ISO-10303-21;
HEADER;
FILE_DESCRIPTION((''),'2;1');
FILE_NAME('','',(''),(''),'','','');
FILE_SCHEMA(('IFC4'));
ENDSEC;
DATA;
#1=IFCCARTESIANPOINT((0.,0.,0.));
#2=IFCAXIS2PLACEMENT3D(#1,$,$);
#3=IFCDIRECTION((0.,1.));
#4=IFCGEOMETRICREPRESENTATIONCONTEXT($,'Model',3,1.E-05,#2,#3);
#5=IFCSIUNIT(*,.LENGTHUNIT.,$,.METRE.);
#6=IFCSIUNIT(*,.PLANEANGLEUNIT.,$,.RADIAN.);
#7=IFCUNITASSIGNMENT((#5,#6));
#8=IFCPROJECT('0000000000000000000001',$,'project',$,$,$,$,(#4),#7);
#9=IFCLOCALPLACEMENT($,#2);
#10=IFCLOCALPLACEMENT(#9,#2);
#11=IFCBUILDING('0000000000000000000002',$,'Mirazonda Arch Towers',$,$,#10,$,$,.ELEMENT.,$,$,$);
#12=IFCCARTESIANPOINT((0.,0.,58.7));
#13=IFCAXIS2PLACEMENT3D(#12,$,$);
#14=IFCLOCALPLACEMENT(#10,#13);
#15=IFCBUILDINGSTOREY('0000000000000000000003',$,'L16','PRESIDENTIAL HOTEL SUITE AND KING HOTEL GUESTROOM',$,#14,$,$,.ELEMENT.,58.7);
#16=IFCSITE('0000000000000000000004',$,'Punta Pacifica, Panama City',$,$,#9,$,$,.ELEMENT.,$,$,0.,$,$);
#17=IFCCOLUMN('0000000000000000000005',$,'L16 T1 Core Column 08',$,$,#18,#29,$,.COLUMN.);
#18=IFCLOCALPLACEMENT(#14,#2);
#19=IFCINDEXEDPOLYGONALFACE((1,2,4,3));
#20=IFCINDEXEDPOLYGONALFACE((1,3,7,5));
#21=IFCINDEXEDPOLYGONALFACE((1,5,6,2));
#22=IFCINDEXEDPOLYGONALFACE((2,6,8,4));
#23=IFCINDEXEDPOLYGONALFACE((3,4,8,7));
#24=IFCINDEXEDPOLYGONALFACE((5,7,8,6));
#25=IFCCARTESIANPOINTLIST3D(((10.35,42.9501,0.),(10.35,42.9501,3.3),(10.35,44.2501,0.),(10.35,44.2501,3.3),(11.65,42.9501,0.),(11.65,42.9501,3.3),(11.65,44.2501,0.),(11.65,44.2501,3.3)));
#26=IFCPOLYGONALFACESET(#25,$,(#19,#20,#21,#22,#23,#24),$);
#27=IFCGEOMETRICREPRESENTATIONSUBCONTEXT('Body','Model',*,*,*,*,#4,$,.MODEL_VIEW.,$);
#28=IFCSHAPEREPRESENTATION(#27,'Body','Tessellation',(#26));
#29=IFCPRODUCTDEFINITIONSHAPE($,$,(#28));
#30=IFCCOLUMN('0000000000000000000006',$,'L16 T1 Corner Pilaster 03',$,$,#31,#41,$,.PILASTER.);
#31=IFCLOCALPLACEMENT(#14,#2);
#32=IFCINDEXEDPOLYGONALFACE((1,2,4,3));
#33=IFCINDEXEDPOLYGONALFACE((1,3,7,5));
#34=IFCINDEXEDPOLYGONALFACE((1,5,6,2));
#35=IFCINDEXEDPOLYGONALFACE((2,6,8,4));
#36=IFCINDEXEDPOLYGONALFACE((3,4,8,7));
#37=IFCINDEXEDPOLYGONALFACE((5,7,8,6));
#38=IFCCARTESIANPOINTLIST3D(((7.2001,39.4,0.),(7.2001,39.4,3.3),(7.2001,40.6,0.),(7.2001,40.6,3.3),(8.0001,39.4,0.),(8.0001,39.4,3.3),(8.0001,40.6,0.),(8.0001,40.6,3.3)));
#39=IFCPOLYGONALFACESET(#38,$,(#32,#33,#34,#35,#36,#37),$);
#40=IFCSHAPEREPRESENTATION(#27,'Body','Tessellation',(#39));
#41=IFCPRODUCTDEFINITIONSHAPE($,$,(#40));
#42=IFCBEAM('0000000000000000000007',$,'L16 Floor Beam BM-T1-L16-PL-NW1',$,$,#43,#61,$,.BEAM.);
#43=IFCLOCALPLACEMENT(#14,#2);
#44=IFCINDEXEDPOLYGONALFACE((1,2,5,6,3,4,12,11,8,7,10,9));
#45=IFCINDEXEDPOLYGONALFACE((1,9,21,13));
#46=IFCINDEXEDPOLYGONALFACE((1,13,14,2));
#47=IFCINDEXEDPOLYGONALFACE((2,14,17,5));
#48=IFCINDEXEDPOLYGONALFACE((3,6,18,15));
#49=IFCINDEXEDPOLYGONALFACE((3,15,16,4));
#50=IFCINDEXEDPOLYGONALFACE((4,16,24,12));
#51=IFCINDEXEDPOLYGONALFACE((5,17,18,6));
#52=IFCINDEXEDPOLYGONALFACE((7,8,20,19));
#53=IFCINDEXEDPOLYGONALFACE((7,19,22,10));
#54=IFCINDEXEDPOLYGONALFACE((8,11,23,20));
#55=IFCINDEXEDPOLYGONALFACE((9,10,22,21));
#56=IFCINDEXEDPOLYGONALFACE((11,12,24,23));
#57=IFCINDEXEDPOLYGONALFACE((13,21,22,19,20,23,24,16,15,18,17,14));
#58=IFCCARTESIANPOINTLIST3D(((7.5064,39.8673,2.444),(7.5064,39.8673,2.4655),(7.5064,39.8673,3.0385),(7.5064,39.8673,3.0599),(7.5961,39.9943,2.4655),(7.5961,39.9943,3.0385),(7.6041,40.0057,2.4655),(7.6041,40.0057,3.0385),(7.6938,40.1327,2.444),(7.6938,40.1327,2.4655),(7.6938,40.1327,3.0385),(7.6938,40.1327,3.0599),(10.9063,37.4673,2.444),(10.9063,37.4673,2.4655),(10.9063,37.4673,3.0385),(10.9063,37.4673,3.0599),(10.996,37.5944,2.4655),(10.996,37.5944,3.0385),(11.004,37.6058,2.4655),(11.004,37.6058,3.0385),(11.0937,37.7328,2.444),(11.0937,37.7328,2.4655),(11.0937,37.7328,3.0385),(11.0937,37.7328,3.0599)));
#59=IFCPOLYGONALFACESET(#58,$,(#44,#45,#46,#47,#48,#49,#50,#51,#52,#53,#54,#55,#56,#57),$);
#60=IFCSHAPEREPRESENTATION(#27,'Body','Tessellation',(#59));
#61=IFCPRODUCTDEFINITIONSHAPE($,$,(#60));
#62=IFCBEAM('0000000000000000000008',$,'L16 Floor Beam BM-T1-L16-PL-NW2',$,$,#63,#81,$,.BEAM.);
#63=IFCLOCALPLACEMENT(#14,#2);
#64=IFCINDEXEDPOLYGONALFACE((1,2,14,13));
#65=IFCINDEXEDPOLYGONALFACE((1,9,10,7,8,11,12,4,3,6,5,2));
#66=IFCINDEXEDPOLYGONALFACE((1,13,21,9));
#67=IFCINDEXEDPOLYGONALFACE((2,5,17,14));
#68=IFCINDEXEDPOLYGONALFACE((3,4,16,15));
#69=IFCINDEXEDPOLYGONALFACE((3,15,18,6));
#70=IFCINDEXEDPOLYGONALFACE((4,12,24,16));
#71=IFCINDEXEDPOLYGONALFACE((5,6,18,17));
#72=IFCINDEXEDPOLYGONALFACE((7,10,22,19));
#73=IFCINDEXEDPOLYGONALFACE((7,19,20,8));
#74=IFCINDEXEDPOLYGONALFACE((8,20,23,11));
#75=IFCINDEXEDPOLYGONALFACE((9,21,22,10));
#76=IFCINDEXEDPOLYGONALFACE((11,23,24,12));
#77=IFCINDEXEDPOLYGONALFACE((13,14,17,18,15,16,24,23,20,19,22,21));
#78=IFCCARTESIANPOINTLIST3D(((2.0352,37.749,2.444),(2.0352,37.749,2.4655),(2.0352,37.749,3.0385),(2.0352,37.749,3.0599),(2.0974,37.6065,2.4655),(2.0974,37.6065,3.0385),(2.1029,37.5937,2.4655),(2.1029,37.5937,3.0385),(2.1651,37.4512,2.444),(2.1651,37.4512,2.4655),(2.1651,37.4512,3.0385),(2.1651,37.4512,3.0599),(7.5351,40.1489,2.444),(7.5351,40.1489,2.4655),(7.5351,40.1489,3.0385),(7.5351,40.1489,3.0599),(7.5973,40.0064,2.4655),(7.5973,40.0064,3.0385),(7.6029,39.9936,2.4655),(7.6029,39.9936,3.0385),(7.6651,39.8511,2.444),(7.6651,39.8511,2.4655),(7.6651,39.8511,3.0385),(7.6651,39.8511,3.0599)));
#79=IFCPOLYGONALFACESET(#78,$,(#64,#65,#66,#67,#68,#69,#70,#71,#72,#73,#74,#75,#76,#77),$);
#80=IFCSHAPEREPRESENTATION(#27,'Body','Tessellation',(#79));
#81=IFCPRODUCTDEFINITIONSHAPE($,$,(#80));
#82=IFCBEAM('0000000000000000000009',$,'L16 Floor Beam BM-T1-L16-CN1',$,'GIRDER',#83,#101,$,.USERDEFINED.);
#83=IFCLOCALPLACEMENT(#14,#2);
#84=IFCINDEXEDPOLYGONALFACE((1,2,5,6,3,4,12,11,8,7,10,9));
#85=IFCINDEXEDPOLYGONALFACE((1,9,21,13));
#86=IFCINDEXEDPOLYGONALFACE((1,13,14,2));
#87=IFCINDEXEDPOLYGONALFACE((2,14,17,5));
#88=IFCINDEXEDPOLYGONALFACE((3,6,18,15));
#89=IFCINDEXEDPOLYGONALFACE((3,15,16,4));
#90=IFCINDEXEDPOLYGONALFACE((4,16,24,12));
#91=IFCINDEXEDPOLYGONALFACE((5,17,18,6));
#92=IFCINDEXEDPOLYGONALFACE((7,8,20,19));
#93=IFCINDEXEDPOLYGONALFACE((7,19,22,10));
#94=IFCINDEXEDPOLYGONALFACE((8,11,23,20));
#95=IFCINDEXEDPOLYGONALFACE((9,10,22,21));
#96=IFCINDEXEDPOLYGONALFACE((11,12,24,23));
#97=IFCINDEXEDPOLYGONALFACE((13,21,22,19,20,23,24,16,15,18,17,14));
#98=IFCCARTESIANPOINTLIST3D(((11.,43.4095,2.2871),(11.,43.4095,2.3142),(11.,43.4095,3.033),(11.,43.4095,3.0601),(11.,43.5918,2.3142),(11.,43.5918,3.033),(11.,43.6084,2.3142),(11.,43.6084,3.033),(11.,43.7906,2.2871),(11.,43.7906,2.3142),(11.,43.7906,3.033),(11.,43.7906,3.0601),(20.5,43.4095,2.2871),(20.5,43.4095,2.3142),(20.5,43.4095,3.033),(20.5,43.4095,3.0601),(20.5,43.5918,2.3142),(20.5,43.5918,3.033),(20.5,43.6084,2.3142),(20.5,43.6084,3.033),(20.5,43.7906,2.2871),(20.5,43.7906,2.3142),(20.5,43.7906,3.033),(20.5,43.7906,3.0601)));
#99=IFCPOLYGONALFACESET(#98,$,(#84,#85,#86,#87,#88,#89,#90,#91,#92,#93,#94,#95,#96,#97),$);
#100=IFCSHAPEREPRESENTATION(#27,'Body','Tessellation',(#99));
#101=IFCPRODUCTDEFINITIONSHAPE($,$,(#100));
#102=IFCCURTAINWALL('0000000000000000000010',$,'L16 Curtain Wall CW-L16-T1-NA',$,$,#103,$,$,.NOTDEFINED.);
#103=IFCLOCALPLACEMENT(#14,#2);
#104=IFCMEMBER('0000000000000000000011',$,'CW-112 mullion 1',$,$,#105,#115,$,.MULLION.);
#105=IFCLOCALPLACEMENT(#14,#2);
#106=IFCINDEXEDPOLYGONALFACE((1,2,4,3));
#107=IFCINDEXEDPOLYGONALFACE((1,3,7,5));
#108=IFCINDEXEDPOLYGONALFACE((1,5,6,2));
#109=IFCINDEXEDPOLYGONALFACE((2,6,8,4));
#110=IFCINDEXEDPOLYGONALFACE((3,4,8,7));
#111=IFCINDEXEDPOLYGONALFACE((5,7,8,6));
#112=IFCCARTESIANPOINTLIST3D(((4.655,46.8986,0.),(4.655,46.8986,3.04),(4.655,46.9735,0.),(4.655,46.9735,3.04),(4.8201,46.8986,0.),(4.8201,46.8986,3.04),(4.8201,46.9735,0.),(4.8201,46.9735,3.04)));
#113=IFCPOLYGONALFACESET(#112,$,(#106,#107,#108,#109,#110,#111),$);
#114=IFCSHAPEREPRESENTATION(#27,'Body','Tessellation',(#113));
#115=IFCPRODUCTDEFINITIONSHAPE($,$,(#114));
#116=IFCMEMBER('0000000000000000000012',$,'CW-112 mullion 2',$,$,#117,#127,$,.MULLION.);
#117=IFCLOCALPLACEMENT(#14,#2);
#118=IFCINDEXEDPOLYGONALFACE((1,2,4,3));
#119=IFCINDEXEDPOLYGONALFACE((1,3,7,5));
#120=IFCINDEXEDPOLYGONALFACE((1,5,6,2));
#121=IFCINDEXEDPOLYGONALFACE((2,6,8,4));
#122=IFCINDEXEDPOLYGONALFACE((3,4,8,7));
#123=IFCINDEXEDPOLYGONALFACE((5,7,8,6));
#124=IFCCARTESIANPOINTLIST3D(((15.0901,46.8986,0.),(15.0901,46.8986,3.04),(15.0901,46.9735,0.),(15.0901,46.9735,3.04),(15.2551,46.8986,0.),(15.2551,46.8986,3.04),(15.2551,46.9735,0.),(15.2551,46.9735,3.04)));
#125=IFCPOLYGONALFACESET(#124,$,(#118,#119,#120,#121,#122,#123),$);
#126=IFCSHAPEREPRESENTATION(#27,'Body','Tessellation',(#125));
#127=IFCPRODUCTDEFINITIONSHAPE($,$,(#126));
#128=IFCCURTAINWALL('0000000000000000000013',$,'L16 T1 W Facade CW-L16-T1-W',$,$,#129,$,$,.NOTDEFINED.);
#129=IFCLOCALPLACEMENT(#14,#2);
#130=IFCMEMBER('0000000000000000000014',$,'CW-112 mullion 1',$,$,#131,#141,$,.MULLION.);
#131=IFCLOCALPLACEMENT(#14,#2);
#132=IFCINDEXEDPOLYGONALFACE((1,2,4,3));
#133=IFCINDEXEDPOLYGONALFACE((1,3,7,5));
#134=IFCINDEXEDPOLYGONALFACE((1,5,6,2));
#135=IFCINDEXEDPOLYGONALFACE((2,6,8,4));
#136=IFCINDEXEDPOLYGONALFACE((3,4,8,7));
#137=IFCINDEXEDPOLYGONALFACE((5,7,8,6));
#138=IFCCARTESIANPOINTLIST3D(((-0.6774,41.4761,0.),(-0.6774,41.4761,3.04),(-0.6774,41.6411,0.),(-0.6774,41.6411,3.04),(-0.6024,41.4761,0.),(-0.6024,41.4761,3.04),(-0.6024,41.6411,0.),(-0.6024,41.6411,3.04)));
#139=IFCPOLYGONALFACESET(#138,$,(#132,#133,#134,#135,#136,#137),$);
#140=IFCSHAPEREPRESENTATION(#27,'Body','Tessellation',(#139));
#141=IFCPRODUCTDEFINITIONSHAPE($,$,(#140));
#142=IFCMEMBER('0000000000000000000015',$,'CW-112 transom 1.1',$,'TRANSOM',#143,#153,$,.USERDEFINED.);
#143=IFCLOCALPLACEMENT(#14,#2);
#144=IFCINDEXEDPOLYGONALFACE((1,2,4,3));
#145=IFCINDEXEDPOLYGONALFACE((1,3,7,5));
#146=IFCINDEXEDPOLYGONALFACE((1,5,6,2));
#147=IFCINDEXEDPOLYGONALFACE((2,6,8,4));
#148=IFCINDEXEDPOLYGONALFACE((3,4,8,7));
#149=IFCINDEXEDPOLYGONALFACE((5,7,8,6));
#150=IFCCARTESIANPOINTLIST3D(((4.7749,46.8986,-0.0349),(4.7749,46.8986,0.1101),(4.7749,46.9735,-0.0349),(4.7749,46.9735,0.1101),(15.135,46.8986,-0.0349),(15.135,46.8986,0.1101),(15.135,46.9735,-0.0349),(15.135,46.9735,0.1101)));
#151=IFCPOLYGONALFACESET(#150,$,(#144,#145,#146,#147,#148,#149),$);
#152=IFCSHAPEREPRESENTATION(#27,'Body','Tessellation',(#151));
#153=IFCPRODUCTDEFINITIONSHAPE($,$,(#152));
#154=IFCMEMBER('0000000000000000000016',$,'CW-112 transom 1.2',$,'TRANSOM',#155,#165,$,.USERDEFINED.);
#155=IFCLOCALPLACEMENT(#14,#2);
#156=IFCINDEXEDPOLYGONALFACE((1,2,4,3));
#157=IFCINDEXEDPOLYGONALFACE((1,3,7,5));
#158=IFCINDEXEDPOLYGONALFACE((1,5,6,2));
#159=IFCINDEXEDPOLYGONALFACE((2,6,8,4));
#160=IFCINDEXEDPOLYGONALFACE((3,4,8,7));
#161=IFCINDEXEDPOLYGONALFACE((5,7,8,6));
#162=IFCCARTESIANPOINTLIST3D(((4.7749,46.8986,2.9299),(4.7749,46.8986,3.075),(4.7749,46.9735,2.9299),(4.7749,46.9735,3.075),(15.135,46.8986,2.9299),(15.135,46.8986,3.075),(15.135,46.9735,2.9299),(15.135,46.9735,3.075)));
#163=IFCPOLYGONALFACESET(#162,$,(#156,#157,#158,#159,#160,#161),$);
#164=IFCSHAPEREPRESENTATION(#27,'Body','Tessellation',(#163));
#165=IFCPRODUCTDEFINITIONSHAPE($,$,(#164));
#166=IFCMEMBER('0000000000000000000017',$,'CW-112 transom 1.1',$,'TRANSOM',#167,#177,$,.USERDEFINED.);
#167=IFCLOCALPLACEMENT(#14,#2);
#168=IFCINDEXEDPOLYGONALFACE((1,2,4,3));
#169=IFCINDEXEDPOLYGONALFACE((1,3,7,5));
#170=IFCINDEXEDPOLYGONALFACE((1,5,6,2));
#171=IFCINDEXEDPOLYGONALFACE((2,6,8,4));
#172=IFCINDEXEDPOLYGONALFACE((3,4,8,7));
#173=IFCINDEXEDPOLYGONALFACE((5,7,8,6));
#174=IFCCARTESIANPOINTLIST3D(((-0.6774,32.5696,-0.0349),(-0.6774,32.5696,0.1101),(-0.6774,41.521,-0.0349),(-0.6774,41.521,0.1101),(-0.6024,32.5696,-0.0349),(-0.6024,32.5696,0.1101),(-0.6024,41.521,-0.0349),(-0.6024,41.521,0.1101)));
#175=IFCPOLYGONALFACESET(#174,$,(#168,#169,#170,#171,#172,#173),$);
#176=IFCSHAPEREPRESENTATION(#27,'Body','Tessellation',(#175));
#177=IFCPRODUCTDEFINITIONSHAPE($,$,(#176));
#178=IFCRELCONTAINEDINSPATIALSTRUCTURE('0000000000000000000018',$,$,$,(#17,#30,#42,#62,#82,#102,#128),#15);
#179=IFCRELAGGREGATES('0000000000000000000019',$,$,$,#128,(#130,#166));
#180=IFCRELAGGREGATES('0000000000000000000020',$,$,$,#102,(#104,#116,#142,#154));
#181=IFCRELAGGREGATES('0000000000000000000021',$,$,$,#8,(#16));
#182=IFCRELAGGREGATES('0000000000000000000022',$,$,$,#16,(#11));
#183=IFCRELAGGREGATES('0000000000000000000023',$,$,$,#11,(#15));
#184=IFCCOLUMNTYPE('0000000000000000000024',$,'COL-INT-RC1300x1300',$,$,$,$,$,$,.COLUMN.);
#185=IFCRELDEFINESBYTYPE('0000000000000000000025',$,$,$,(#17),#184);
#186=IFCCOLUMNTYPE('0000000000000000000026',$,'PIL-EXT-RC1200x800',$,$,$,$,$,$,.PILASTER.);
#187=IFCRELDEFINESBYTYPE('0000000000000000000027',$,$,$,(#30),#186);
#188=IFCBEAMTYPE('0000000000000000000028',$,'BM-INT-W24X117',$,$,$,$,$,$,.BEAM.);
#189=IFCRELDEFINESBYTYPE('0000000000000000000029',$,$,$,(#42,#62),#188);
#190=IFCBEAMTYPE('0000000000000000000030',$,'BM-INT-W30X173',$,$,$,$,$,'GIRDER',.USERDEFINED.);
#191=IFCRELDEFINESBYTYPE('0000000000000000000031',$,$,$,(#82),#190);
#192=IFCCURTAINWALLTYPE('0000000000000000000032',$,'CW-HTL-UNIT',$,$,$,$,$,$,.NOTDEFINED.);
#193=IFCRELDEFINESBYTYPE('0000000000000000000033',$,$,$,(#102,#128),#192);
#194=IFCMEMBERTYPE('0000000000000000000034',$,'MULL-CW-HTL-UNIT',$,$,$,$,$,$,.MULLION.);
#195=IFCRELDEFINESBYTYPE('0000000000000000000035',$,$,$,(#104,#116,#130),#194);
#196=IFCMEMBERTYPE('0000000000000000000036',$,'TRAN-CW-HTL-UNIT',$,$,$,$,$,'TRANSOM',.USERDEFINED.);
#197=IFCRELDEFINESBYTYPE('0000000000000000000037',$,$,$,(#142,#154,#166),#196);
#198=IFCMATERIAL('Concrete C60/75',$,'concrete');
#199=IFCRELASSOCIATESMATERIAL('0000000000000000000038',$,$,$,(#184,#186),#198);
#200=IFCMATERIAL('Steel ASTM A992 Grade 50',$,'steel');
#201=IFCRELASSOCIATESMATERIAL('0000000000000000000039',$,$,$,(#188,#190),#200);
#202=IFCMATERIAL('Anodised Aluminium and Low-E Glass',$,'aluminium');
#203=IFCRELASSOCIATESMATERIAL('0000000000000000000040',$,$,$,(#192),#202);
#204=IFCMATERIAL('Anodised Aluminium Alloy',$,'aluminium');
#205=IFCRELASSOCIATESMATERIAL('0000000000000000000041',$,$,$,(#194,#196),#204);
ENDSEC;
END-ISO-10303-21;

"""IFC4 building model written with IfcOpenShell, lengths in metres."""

from ifc_helpers import new_model, si_unit, direction, frame, origin, origin_2d, place, context, subcontext, project, spatial, rectangle, i_section, extrude, material, material_profile, profile_set, type_object, element, aggregate, save


model = new_model("IFC4")

# Units and contexts
model_context = context("Model", 3, precision=1e-05, world=origin(), true_north=direction((0.0, 1.0)))
body_context = subcontext(model_context, "Body", "Model", "MODEL_VIEW")
ifc_project = project(units=[si_unit("LENGTHUNIT", "METRE"), si_unit("PLANEANGLEUNIT", "RADIAN")], contexts=[model_context])

# Site, building, storey
site_placement = place(None, origin())
site = spatial("IfcSite", under=ifc_project, at=site_placement, Name="Punta Pacifica, Panama City", CompositionType="ELEMENT", RefElevation=0.0)
building_placement = place(site_placement, origin())
building = spatial("IfcBuilding", under=site, at=building_placement, Name="Mirazonda Arch Towers", CompositionType="ELEMENT")
storey_placement = place(building_placement, frame((0.0, 0.0, 58.7)))
storey = spatial("IfcBuildingStorey", under=building, at=storey_placement, Name="L16", Description="PRESIDENTIAL HOTEL SUITE AND KING HOTEL GUESTROOM", CompositionType="ELEMENT", Elevation=58.7)

# Columns
ifc_material_1 = material(Name="Concrete C60/75", Category="concrete")
ifc_material_profile_1 = material_profile(ifc_material_1, rectangle(XDim=1.3, YDim=1.3, at=origin_2d()), Name="RC1300x1300")
ifc_profile_set_1 = profile_set([ifc_material_profile_1], Name="Concrete C60/75")
column_type_1 = type_object("IfcColumnType", Name="COL-INT-RC1300x1300", PredefinedType="COLUMN", material=ifc_profile_set_1)
column_1_placement = place(storey_placement, frame((11.0, 43.6001, 0.0), z_axis=(0.0, 0.0, 1.0), x_axis=(1.0, 0.0, 0.0)))
element("IfcColumn", 1, at=column_1_placement, inside=storey, type_object=column_type_1, Name="L16 T1 Core Column 08", PredefinedType="COLUMN", context=body_context, shape_type="SweptSolid", body=[
    extrude(rectangle(XDim=1.3, YDim=1.3, at=origin_2d()), origin(), (0.0, 0.0, 1.0), 3.3),
])
ifc_material_profile_2 = material_profile(ifc_material_1, rectangle(XDim=0.8, YDim=1.2, at=origin_2d()), Name="RC1200x800")
ifc_profile_set_2 = profile_set([ifc_material_profile_2], Name="Concrete C60/75")
column_type_2 = type_object("IfcColumnType", Name="PIL-EXT-RC1200x800", PredefinedType="PILASTER", material=ifc_profile_set_2)
column_2_placement = place(storey_placement, frame((7.6001, 40.0, 0.0), z_axis=(0.0, 0.0, 1.0), x_axis=(1.0, 0.0, 0.0)))
element("IfcColumn", 2, at=column_2_placement, inside=storey, type_object=column_type_2, Name="L16 T1 Corner Pilaster 03", PredefinedType="PILASTER", context=body_context, shape_type="SweptSolid", body=[
    extrude(rectangle(XDim=0.8, YDim=1.2, at=origin_2d()), origin(), (0.0, 0.0, 1.0), 3.3),
])

# Beams
ifc_material_2 = material(Name="Steel ASTM A992 Grade 50", Category="steel")
ifc_material_profile_3 = material_profile(ifc_material_2, i_section(OverallWidth=0.325, OverallDepth=0.616, WebThickness=0.0139, FlangeThickness=0.0215, at=origin_2d()), Name="W24X117")
ifc_profile_set_3 = profile_set([ifc_material_profile_3], Name="Steel ASTM A992 Grade 50")
beam_type_1 = type_object("IfcBeamType", Name="BM-INT-W24X117", PredefinedType="BEAM", material=ifc_profile_set_3)
beam_1_placement = place(storey_placement, frame((7.6001, 40.0, 2.752), z_axis=(0.816971, -0.576679, 0.0), x_axis=(0.576679, 0.816971, 0.0)))
element("IfcBeam", 3, at=beam_1_placement, inside=storey, type_object=beam_type_1, Name="L16 Floor Beam BM-T1-L16-PL-NW1", PredefinedType="BEAM", context=body_context, shape_type="SweptSolid", body=[
    extrude(i_section(OverallWidth=0.325, OverallDepth=0.616, WebThickness=0.0139, FlangeThickness=0.0215, at=origin_2d()), origin(), (0.0, 0.0, 1.0), 4.1616),
])
beam_2_placement = place(storey_placement, frame((7.6001, 40.0, 2.752), z_axis=(-0.916545, -0.399931, 0.0), x_axis=(0.399931, -0.916545, 0.0)))
element("IfcBeam", 4, at=beam_2_placement, inside=storey, type_object=beam_type_1, Name="L16 Floor Beam BM-T1-L16-PL-NW2", PredefinedType="BEAM", context=body_context, shape_type="SweptSolid", body=[
    extrude(i_section(OverallWidth=0.325, OverallDepth=0.616, WebThickness=0.0139, FlangeThickness=0.0215, at=origin_2d()), origin(), (0.0, 0.0, 1.0), 6.0007),
])
ifc_material_profile_4 = material_profile(ifc_material_2, i_section(OverallWidth=0.3811, OverallDepth=0.7729, WebThickness=0.0166, FlangeThickness=0.0271, at=origin_2d()), Name="W30X173")
ifc_profile_set_4 = profile_set([ifc_material_profile_4], Name="Steel ASTM A992 Grade 50")
beam_type_2 = type_object("IfcBeamType", Name="BM-INT-W30X173", ElementType="GIRDER", PredefinedType="USERDEFINED", material=ifc_profile_set_4)
beam_3_placement = place(storey_placement, frame((11.0, 43.6001, 2.6736), z_axis=(1.0, 0.0, 0.0), x_axis=(0.0, 1.0, 0.0)))
element("IfcBeam", 5, at=beam_3_placement, inside=storey, type_object=beam_type_2, Name="L16 Floor Beam BM-T1-L16-CN1", ObjectType="GIRDER", PredefinedType="USERDEFINED", context=body_context, shape_type="SweptSolid", body=[
    extrude(i_section(OverallWidth=0.3811, OverallDepth=0.7729, WebThickness=0.0166, FlangeThickness=0.0271, at=origin_2d()), origin(), (0.0, 0.0, 1.0), 9.5),
])

# Curtain wall, members
ifc_material_3 = material(Name="Anodised Aluminium and Low-E Glass", Category="aluminium")
curtain_wall_type = type_object("IfcCurtainWallType", Name="CW-HTL-UNIT", PredefinedType="NOTDEFINED", material=ifc_material_3)
curtain_wall_1_placement = place(storey_placement, origin())
curtain_wall_1 = element("IfcCurtainWall", 6, at=curtain_wall_1_placement, inside=storey, type_object=curtain_wall_type, Name="L16 Curtain Wall CW-L16-T1-NA", PredefinedType="NOTDEFINED")
ifc_material_4 = material(Name="Anodised Aluminium Alloy", Category="aluminium")
ifc_material_profile_5 = material_profile(ifc_material_4, rectangle(XDim=0.075, YDim=0.165, at=origin_2d()), Name="ALU-MULL-75x165")
ifc_profile_set_5 = profile_set([ifc_material_profile_5], Name="Anodised Aluminium Alloy")
member_type_1 = type_object("IfcMemberType", Name="MULL-CW-HTL-UNIT", PredefinedType="MULLION", material=ifc_profile_set_5)
member_1_placement = place(storey_placement, frame((4.7375, 46.936, 0.0), z_axis=(0.0, 0.0, 1.0), x_axis=(0.0, 1.0, 0.0)))
member_1 = element("IfcMember", 7, at=member_1_placement, type_object=member_type_1, Name="CW-112 mullion 1", PredefinedType="MULLION", context=body_context, shape_type="SweptSolid", body=[
    extrude(rectangle(XDim=0.075, YDim=0.165, at=origin_2d()), origin(), (0.0, 0.0, 1.0), 3.04),
])
member_2_placement = place(storey_placement, frame((15.1726, 46.936, 0.0), z_axis=(0.0, 0.0, 1.0), x_axis=(0.0, 1.0, 0.0)))
member_2 = element("IfcMember", 8, at=member_2_placement, type_object=member_type_1, Name="CW-112 mullion 2", PredefinedType="MULLION", context=body_context, shape_type="SweptSolid", body=[
    extrude(rectangle(XDim=0.075, YDim=0.165, at=origin_2d()), origin(), (0.0, 0.0, 1.0), 3.04),
])

# Curtain wall, member
curtain_wall_2_placement = place(storey_placement, origin())
curtain_wall_2 = element("IfcCurtainWall", 9, at=curtain_wall_2_placement, inside=storey, type_object=curtain_wall_type, Name="L16 T1 W Facade CW-L16-T1-W", PredefinedType="NOTDEFINED")
member_3_placement = place(storey_placement, frame((-0.6399, 41.5586, 0.0), z_axis=(0.0, 0.0, 1.0), x_axis=(1.0, 0.0, 0.0)))
member_3 = element("IfcMember", 10, at=member_3_placement, type_object=member_type_1, Name="CW-112 mullion 1", PredefinedType="MULLION", context=body_context, shape_type="SweptSolid", body=[
    extrude(rectangle(XDim=0.075, YDim=0.165, at=origin_2d()), origin(), (0.0, 0.0, 1.0), 3.04),
])

# Members
ifc_material_profile_6 = material_profile(ifc_material_4, rectangle(XDim=0.075, YDim=0.145, at=origin_2d()), Name="ALU-TRAN-75x145")
ifc_profile_set_6 = profile_set([ifc_material_profile_6], Name="Anodised Aluminium Alloy")
member_type_2 = type_object("IfcMemberType", Name="TRAN-CW-HTL-UNIT", ElementType="TRANSOM", PredefinedType="USERDEFINED", material=ifc_profile_set_6)
member_4_placement = place(storey_placement, frame((4.7749, 46.936, 0.0376), z_axis=(1.0, 0.0, 0.0), x_axis=(0.0, 1.0, 0.0)))
member_4 = element("IfcMember", 11, at=member_4_placement, type_object=member_type_2, Name="CW-112 transom 1.1", ObjectType="TRANSOM", PredefinedType="USERDEFINED", context=body_context, shape_type="SweptSolid", body=[
    extrude(rectangle(XDim=0.075, YDim=0.145, at=origin_2d()), origin(), (0.0, 0.0, 1.0), 10.3601),
])
member_5_placement = place(storey_placement, frame((4.7749, 46.936, 3.0024), z_axis=(1.0, 0.0, 0.0), x_axis=(0.0, 1.0, 0.0)))
member_5 = element("IfcMember", 12, at=member_5_placement, type_object=member_type_2, Name="CW-112 transom 1.2", ObjectType="TRANSOM", PredefinedType="USERDEFINED", context=body_context, shape_type="SweptSolid", body=[
    extrude(rectangle(XDim=0.075, YDim=0.145, at=origin_2d()), origin(), (0.0, 0.0, 1.0), 10.3601),
])
member_6_placement = place(storey_placement, frame((-0.6399, 41.521, 0.0376), z_axis=(0.0, -1.0, 0.0), x_axis=(1.0, 0.0, 0.0)))
member_6 = element("IfcMember", 13, at=member_6_placement, type_object=member_type_2, Name="CW-112 transom 1.1", ObjectType="TRANSOM", PredefinedType="USERDEFINED", context=body_context, shape_type="SweptSolid", body=[
    extrude(rectangle(XDim=0.075, YDim=0.145, at=origin_2d()), origin(), (0.0, 0.0, 1.0), 8.9514),
])
aggregate(curtain_wall_2, [member_3, member_6])

aggregate(curtain_wall_1, [member_1, member_2, member_4, member_5])

save(model, "model.ifc")
